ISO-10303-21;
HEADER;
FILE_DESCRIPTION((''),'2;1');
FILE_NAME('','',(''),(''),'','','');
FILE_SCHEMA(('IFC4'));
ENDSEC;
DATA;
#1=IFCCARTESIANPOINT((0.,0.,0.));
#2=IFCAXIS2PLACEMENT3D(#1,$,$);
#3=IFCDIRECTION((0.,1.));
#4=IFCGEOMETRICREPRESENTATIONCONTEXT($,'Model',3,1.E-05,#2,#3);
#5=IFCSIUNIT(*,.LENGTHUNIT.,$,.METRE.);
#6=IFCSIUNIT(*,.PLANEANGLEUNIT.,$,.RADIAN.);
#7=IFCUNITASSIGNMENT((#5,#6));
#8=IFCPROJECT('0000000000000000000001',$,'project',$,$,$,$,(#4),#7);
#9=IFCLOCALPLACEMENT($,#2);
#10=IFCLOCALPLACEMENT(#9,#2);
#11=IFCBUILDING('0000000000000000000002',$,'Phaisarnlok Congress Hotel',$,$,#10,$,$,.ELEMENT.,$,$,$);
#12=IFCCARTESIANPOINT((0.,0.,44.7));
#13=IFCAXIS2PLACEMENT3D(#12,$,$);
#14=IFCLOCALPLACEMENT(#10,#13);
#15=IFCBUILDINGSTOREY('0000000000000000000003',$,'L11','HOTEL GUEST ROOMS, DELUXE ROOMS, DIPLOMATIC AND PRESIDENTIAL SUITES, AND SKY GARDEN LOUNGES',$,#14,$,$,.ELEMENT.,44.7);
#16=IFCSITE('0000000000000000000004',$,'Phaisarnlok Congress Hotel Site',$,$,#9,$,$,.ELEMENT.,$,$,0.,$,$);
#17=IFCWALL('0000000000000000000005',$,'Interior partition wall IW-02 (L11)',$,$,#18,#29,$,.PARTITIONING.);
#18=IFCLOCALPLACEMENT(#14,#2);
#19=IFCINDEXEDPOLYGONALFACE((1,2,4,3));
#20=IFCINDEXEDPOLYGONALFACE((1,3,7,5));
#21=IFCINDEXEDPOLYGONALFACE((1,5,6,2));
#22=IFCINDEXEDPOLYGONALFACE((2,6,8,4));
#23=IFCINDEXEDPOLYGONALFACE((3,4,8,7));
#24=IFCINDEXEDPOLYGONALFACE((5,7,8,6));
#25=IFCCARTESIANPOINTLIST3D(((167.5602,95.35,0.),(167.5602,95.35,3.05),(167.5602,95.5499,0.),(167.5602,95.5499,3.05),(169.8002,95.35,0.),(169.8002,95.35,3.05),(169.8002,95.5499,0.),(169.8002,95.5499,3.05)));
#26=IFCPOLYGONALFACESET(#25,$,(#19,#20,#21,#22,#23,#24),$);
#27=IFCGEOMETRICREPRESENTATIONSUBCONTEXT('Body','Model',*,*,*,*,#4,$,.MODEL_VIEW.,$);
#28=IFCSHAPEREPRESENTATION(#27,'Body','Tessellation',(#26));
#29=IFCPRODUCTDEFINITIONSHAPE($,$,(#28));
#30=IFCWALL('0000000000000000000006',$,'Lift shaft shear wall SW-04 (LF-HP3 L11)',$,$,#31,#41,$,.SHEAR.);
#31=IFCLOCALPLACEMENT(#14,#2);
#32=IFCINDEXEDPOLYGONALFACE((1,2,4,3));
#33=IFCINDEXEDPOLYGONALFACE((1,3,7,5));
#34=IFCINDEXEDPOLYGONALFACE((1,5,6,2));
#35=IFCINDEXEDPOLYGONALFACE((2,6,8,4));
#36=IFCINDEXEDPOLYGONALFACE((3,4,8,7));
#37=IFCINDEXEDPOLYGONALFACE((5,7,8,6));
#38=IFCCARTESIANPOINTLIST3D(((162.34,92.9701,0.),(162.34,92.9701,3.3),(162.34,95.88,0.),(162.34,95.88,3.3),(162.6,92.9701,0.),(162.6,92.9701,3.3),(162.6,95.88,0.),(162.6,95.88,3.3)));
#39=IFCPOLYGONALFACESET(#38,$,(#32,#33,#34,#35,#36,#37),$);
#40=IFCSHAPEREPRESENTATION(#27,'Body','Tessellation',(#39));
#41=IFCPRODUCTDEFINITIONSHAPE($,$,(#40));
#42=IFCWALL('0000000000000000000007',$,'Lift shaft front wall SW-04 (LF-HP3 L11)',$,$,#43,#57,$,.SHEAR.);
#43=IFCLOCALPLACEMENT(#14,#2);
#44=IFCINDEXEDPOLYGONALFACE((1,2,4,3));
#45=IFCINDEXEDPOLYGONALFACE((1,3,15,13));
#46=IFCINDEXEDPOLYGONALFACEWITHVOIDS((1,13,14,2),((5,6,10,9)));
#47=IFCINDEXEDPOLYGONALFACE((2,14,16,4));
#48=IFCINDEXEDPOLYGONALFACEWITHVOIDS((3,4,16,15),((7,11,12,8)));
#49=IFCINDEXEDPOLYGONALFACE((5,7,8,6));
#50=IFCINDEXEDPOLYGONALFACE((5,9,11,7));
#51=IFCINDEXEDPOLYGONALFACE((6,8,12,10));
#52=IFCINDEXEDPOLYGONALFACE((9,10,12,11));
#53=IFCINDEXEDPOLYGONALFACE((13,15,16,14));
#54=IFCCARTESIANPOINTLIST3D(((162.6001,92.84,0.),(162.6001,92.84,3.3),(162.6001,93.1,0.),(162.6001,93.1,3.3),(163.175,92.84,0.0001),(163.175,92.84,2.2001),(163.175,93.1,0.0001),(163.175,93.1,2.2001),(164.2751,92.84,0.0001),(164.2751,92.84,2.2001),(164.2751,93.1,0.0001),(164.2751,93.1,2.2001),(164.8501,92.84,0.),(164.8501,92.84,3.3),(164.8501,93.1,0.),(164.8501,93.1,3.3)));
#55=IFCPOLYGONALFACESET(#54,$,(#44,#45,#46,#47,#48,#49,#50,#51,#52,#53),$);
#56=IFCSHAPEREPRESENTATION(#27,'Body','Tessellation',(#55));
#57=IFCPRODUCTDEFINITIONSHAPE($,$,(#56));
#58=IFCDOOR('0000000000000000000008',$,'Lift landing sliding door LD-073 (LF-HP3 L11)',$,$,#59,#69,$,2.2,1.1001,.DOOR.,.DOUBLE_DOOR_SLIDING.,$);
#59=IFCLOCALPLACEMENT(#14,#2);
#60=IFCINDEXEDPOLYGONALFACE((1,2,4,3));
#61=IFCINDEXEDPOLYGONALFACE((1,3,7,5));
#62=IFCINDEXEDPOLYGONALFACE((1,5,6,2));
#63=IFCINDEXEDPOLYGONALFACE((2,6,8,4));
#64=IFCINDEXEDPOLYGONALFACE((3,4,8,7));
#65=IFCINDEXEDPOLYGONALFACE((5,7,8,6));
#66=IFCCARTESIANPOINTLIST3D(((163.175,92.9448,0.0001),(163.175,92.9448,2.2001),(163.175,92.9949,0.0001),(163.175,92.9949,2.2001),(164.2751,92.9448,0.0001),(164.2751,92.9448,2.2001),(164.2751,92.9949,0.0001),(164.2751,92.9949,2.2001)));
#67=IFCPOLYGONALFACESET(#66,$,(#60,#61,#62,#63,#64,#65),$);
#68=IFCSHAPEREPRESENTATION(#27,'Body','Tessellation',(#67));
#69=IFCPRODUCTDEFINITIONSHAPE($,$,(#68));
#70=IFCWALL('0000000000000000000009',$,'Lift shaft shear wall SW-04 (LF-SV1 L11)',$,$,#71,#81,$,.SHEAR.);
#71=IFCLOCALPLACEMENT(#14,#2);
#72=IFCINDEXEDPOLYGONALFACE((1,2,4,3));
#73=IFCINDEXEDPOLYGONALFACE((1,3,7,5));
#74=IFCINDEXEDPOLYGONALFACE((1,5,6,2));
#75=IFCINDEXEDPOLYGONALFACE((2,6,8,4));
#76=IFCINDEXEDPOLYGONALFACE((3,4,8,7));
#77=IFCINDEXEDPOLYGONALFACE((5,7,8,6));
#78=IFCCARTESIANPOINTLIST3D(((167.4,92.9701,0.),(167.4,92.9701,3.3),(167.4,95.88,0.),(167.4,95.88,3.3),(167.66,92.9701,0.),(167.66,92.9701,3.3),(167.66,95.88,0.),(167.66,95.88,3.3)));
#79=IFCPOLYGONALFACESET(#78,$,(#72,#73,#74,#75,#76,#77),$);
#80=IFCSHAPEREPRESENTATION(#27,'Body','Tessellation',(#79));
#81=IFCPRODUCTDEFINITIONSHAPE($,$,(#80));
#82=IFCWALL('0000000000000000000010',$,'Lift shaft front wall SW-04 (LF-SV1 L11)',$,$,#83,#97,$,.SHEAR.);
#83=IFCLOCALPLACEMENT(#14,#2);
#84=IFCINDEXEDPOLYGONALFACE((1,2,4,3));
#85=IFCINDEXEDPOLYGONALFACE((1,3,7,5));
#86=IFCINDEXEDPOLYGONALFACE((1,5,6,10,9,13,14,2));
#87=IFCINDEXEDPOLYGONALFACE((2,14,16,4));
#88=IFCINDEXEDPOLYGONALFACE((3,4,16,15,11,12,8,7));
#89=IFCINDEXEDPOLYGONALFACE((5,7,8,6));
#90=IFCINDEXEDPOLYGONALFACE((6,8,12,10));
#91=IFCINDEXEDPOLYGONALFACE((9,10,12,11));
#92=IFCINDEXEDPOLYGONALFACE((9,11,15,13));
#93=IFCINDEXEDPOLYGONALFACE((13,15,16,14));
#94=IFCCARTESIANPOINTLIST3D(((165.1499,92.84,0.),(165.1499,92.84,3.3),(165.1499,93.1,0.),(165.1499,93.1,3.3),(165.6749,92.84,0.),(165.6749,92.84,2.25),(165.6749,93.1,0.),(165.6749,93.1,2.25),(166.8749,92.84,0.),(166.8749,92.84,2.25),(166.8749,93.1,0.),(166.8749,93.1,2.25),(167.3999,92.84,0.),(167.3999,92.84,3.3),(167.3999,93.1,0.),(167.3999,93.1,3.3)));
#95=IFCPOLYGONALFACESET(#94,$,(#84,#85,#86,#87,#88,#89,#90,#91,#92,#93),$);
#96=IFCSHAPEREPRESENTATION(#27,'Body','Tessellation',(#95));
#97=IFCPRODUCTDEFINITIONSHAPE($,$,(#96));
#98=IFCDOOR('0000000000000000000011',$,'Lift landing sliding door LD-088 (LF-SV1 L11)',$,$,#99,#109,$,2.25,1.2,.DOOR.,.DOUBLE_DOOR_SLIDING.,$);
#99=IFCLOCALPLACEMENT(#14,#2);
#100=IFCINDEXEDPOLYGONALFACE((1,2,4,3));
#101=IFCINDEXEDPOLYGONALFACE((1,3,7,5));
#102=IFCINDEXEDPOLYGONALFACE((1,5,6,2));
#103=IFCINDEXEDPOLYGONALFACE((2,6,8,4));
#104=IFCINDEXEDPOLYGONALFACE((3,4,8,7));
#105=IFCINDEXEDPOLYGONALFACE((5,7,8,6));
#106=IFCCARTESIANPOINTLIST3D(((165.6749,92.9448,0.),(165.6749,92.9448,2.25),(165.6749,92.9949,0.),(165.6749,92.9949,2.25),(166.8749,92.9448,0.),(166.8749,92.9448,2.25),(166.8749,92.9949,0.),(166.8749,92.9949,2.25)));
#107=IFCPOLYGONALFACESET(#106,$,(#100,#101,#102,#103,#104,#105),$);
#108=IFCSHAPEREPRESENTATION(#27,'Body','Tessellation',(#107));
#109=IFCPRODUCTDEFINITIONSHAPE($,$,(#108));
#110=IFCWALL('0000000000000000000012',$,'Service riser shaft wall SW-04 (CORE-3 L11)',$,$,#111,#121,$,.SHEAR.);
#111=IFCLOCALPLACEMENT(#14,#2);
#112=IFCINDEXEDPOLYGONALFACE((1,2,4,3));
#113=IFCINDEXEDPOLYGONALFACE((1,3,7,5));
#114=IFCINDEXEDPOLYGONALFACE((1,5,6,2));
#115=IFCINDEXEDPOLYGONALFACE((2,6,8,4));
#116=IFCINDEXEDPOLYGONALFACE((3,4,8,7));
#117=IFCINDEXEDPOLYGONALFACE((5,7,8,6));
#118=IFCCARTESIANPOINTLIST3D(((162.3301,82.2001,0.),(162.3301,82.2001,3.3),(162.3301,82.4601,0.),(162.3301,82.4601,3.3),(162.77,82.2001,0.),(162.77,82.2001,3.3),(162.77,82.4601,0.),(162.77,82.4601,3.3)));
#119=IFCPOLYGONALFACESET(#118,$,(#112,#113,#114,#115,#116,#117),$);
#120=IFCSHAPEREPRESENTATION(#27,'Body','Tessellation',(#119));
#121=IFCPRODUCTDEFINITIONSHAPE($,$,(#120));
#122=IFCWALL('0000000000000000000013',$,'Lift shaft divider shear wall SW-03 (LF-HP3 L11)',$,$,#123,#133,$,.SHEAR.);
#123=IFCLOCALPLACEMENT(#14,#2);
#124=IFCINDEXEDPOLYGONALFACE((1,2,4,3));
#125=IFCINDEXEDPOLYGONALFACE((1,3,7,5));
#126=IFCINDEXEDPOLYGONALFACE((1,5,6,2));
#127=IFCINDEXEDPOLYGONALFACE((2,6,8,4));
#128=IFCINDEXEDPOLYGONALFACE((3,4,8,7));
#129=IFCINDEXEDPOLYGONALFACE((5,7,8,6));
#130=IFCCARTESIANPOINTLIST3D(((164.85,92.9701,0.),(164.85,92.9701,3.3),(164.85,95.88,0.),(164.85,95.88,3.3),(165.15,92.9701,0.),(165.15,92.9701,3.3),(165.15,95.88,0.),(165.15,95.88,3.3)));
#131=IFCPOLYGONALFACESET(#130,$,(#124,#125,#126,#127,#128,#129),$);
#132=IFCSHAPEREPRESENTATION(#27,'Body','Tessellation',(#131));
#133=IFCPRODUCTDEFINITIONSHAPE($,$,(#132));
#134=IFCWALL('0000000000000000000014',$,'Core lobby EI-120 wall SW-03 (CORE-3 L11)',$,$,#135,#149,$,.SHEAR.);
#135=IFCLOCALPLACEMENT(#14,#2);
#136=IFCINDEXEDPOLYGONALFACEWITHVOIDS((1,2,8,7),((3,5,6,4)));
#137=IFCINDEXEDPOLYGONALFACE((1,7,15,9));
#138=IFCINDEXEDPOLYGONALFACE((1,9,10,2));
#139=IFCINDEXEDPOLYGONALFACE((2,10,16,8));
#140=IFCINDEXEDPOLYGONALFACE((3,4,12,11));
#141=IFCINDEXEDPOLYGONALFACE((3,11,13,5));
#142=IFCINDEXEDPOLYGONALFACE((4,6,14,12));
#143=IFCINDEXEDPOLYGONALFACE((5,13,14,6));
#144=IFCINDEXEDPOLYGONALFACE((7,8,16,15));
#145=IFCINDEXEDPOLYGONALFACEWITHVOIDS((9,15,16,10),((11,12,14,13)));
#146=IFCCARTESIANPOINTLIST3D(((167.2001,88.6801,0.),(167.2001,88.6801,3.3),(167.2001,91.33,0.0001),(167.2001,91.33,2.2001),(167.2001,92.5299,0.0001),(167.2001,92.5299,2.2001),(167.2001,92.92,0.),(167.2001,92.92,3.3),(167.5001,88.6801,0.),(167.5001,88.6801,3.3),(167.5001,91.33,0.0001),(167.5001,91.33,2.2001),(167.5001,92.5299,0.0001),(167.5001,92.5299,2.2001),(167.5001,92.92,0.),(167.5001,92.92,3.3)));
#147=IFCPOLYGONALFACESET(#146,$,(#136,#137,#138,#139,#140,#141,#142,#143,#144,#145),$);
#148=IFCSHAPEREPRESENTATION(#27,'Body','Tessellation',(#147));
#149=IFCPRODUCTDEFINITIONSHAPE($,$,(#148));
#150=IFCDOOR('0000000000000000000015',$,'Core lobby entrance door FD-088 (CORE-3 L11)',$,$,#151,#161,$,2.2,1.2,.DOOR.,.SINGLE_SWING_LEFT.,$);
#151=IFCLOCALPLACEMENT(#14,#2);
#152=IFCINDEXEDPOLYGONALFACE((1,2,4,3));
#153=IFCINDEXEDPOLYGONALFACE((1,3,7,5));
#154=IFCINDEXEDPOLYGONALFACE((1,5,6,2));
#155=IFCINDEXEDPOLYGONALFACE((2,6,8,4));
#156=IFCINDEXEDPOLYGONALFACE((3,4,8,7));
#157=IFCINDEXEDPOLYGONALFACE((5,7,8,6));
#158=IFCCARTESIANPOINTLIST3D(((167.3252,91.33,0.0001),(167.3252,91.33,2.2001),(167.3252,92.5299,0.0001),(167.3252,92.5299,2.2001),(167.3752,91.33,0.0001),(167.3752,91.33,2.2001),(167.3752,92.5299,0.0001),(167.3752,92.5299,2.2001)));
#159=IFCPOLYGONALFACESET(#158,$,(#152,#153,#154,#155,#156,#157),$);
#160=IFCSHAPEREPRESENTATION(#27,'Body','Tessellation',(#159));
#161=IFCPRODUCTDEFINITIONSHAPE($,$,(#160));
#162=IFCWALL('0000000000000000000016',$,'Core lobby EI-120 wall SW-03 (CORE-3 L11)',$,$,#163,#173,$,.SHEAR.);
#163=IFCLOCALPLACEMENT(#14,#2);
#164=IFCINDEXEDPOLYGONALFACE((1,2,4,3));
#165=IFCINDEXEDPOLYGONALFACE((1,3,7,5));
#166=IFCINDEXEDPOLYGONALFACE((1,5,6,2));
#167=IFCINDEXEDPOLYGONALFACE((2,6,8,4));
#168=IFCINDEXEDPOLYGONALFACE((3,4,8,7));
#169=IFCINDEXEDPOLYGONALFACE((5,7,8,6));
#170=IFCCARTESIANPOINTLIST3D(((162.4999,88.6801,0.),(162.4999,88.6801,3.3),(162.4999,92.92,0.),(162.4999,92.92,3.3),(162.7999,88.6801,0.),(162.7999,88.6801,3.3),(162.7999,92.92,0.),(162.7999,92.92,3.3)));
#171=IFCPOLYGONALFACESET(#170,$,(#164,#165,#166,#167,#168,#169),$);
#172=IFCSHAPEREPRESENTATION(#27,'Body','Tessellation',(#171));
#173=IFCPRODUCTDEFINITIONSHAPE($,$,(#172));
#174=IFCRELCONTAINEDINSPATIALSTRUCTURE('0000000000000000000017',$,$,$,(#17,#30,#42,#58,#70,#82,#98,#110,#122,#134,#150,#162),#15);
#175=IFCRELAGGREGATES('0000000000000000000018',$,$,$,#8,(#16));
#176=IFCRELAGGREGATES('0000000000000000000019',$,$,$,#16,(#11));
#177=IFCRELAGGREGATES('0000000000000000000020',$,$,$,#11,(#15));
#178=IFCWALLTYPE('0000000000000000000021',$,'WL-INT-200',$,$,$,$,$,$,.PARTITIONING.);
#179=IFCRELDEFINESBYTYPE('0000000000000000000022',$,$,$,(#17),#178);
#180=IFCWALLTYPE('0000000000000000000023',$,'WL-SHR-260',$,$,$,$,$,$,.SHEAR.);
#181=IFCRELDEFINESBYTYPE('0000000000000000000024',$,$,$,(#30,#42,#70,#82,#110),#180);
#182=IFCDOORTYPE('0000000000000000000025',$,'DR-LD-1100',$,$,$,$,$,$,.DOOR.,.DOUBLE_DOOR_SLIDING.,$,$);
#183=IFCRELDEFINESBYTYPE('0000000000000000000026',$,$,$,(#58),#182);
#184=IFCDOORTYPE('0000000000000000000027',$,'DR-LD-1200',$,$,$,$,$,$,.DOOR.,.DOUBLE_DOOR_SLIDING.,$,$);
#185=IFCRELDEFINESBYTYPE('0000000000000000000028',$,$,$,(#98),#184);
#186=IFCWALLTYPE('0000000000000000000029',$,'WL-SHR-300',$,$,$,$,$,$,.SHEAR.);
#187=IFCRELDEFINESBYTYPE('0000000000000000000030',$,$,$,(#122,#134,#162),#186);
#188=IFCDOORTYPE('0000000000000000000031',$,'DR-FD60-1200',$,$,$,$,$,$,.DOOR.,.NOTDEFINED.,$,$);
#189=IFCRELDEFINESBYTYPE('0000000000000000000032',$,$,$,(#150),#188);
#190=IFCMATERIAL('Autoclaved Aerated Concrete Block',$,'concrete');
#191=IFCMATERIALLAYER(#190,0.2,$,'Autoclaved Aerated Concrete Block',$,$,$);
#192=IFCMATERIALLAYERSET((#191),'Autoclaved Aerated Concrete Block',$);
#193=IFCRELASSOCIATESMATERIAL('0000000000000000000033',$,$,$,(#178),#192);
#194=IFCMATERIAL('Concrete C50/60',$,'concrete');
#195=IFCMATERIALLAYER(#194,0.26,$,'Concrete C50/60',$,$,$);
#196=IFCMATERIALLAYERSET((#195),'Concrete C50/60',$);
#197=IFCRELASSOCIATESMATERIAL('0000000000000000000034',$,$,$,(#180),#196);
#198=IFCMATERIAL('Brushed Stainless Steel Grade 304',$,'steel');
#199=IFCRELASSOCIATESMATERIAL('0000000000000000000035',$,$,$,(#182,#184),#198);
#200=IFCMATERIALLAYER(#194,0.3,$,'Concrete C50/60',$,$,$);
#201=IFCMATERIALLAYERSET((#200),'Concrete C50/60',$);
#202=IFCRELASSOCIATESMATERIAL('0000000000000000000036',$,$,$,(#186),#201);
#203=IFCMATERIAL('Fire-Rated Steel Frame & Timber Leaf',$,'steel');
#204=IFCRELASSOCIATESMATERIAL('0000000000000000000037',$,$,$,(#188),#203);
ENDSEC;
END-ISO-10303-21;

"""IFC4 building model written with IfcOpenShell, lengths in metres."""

from ifc_helpers import new_model, si_unit, direction, frame, frame_2d, origin, place, context, subcontext, project, spatial, rectangle, extrude, material, layer, layer_set, type_object, element, fill, save


model = new_model("IFC4")

# Units and contexts
model_context = context("Model", 3, precision=1e-05, world=origin(), true_north=direction((0.0, 1.0)))
body_context = subcontext(model_context, "Body", "Model", "MODEL_VIEW")
ifc_project = project(units=[si_unit("LENGTHUNIT", "METRE"), si_unit("PLANEANGLEUNIT", "RADIAN")], contexts=[model_context])

# Site, building, storey
site_placement = place(None, origin())
site = spatial("IfcSite", under=ifc_project, at=site_placement, Name="Phaisarnlok Congress Hotel Site", CompositionType="ELEMENT", RefElevation=0.0)
building_placement = place(site_placement, origin())
building = spatial("IfcBuilding", under=site, at=building_placement, Name="Phaisarnlok Congress Hotel", CompositionType="ELEMENT")
storey_placement = place(building_placement, frame((0.0, 0.0, 44.7)))
storey = spatial("IfcBuildingStorey", under=building, at=storey_placement, Name="L11", Description="HOTEL GUEST ROOMS, DELUXE ROOMS, DIPLOMATIC AND PRESIDENTIAL SUITES, AND SKY GARDEN LOUNGES", CompositionType="ELEMENT", Elevation=44.7)

# Shared definitions
ifc_material_1 = material(Name="Concrete C50/60", Category="concrete")

# Wall
ifc_material_2 = material(Name="Autoclaved Aerated Concrete Block", Category="concrete")
ifc_layer_1 = layer(ifc_material_2, 0.2, Name="Autoclaved Aerated Concrete Block")
ifc_layer_set_1 = layer_set([ifc_layer_1], Name="Autoclaved Aerated Concrete Block")
wall_type_1 = type_object("IfcWallType", Name="WL-INT-200", PredefinedType="PARTITIONING", material=ifc_layer_set_1)
wall_1_placement = place(storey_placement, frame((167.5601, 95.45, 0.0), z_axis=(0.0, 0.0, 1.0), x_axis=(1.0, 0.0, 0.0)))
element("IfcWall", 1, at=wall_1_placement, inside=storey, type_object=wall_type_1, Name="Interior partition wall IW-02 (L11)", PredefinedType="PARTITIONING", context=body_context, shape_type="SweptSolid", body=[
    extrude(rectangle(XDim=2.24, YDim=0.2, at=frame_2d((1.1201, 0.0))), origin(), (0.0, 0.0, 1.0), 3.05),
])

# Shared definitions
ifc_layer_2 = layer(ifc_material_1, 0.26, Name="Concrete C50/60")
ifc_layer_set_2 = layer_set([ifc_layer_2], Name="Concrete C50/60")
wall_type_2 = type_object("IfcWallType", Name="WL-SHR-260", PredefinedType="SHEAR", material=ifc_layer_set_2)
ifc_material_3 = material(Name="Fire-Rated Steel Frame & Timber Leaf", Category="steel")

# Wall
wall_2_placement = place(storey_placement, frame((162.47, 92.97, 0.0), z_axis=(0.0, 0.0, 1.0), x_axis=(0.0, 1.0, 0.0)))
element("IfcWall", 2, at=wall_2_placement, inside=storey, type_object=wall_type_2, Name="Lift shaft shear wall SW-04 (LF-HP3 L11)", PredefinedType="SHEAR", context=body_context, shape_type="SweptSolid", body=[
    extrude(rectangle(XDim=2.9099, YDim=0.26, at=frame_2d((1.4551, 0.0))), origin(), (0.0, 0.0, 1.0), 3.3),
])

# Wall, opening, door
wall_3_placement = place(storey_placement, frame((162.6001, 92.97, 0.0), z_axis=(0.0, 0.0, 1.0), x_axis=(1.0, 0.0, 0.0)))
wall_3 = element("IfcWall", 3, at=wall_3_placement, inside=storey, type_object=wall_type_2, Name="Lift shaft front wall SW-04 (LF-HP3 L11)", PredefinedType="SHEAR", context=body_context, shape_type="SweptSolid", body=[
    extrude(rectangle(XDim=2.25, YDim=0.26, at=frame_2d((1.125, 0.0))), origin(), (0.0, 0.0, 1.0), 3.3),
])
opening_1_placement = place(wall_3_placement, frame((0.575, 0.0, 0.0)))
opening_1 = element("IfcOpeningElement", 4, at=opening_1_placement, cuts=wall_3, PredefinedType="OPENING", context=body_context, shape_type="SweptSolid", body=[
    extrude(rectangle(XDim=1.1001, YDim=2.2, at=frame_2d((0.55, 1.1001))), frame((0.0, 0.1401, 0.0), z_axis=(0.0, -1.0, 0.0), x_axis=(1.0, 0.0, 0.0)), (0.0, 0.0, 1.0), 0.28),
])
ifc_material_4 = material(Name="Brushed Stainless Steel Grade 304", Category="steel")
door_type_1 = type_object("IfcDoorType", Name="DR-LD-1100", OperationType="DOUBLE_DOOR_SLIDING", PredefinedType="DOOR", material=ifc_material_4)
door_1_placement = place(opening_1_placement, origin())
door_1 = element("IfcDoor", 5, at=door_1_placement, inside=storey, type_object=door_type_1, Name="Lift landing sliding door LD-073 (LF-HP3 L11)", OperationType="DOUBLE_DOOR_SLIDING", OverallHeight=2.2, OverallWidth=1.1001, PredefinedType="DOOR", context=body_context, shape_type="SweptSolid", body=[
    extrude(rectangle(XDim=1.1001, YDim=2.2, at=frame_2d((0.55, 1.1001))), frame((0.0, 0.0249, 0.0), z_axis=(0.0, -1.0, 0.0), x_axis=(1.0, 0.0, 0.0)), (0.0, 0.0, 1.0), 0.05),
])
fill(opening_1, door_1)

# Wall
wall_4_placement = place(storey_placement, frame((167.53, 92.97, 0.0), z_axis=(0.0, 0.0, 1.0), x_axis=(0.0, 1.0, 0.0)))
element("IfcWall", 6, at=wall_4_placement, inside=storey, type_object=wall_type_2, Name="Lift shaft shear wall SW-04 (LF-SV1 L11)", PredefinedType="SHEAR", context=body_context, shape_type="SweptSolid", body=[
    extrude(rectangle(XDim=2.9099, YDim=0.26, at=frame_2d((1.4551, 0.0))), origin(), (0.0, 0.0, 1.0), 3.3),
])

# Wall, opening, door
wall_5_placement = place(storey_placement, frame((165.1499, 92.97, 0.0), z_axis=(0.0, 0.0, 1.0), x_axis=(1.0, 0.0, 0.0)))
wall_5 = element("IfcWall", 7, at=wall_5_placement, inside=storey, type_object=wall_type_2, Name="Lift shaft front wall SW-04 (LF-SV1 L11)", PredefinedType="SHEAR", context=body_context, shape_type="SweptSolid", body=[
    extrude(rectangle(XDim=2.25, YDim=0.26, at=frame_2d((1.125, 0.0))), origin(), (0.0, 0.0, 1.0), 3.3),
])
opening_2_placement = place(wall_5_placement, frame((0.5249, 0.0, 0.0)))
opening_2 = element("IfcOpeningElement", 8, at=opening_2_placement, cuts=wall_5, PredefinedType="OPENING", context=body_context, shape_type="SweptSolid", body=[
    extrude(rectangle(XDim=1.2, YDim=2.25, at=frame_2d((0.6001, 1.125))), frame((0.0, 0.1401, 0.0), z_axis=(0.0, -1.0, 0.0), x_axis=(1.0, 0.0, 0.0)), (0.0, 0.0, 1.0), 0.28),
])
door_type_2 = type_object("IfcDoorType", Name="DR-LD-1200", OperationType="DOUBLE_DOOR_SLIDING", PredefinedType="DOOR", material=ifc_material_4)
door_2_placement = place(opening_2_placement, origin())
door_2 = element("IfcDoor", 9, at=door_2_placement, inside=storey, type_object=door_type_2, Name="Lift landing sliding door LD-088 (LF-SV1 L11)", OperationType="DOUBLE_DOOR_SLIDING", OverallHeight=2.25, OverallWidth=1.2, PredefinedType="DOOR", context=body_context, shape_type="SweptSolid", body=[
    extrude(rectangle(XDim=1.2, YDim=2.25, at=frame_2d((0.6001, 1.125))), frame((0.0, 0.0249, 0.0), z_axis=(0.0, -1.0, 0.0), x_axis=(1.0, 0.0, 0.0)), (0.0, 0.0, 1.0), 0.05),
])
fill(opening_2, door_2)

# Walls
wall_6_placement = place(storey_placement, frame((162.3301, 82.3301, 0.0), z_axis=(0.0, 0.0, 1.0), x_axis=(1.0, 0.0, 0.0)))
element("IfcWall", 10, at=wall_6_placement, inside=storey, type_object=wall_type_2, Name="Service riser shaft wall SW-04 (CORE-3 L11)", PredefinedType="SHEAR", context=body_context, shape_type="SweptSolid", body=[
    extrude(rectangle(XDim=0.4399, YDim=0.26, at=frame_2d((0.22, 0.0))), origin(), (0.0, 0.0, 1.0), 3.3),
])
ifc_layer_3 = layer(ifc_material_1, 0.3, Name="Concrete C50/60")
ifc_layer_set_3 = layer_set([ifc_layer_3], Name="Concrete C50/60")
wall_type_3 = type_object("IfcWallType", Name="WL-SHR-300", PredefinedType="SHEAR", material=ifc_layer_set_3)
wall_7_placement = place(storey_placement, frame((165.0, 92.97, 0.0), z_axis=(0.0, 0.0, 1.0), x_axis=(0.0, 1.0, 0.0)))
element("IfcWall", 11, at=wall_7_placement, inside=storey, type_object=wall_type_3, Name="Lift shaft divider shear wall SW-03 (LF-HP3 L11)", PredefinedType="SHEAR", context=body_context, shape_type="SweptSolid", body=[
    extrude(rectangle(XDim=2.9099, YDim=0.3, at=frame_2d((1.4551, 0.0))), origin(), (0.0, 0.0, 1.0), 3.3),
])

# Wall, opening, door
wall_8_placement = place(storey_placement, frame((167.3501, 88.6799, 0.0), z_axis=(0.0, 0.0, 1.0), x_axis=(0.0, 1.0, 0.0)))
wall_8 = element("IfcWall", 12, at=wall_8_placement, inside=storey, type_object=wall_type_3, Name="Core lobby EI-120 wall SW-03 (CORE-3 L11)", PredefinedType="SHEAR", context=body_context, shape_type="SweptSolid", body=[
    extrude(rectangle(XDim=4.24, YDim=0.3, at=frame_2d((2.1201, 0.0))), origin(), (0.0, 0.0, 1.0), 3.3),
])
opening_3_placement = place(wall_8_placement, frame((2.6499, 0.0, 0.0)))
opening_3 = element("IfcOpeningElement", 13, at=opening_3_placement, cuts=wall_8, PredefinedType="OPENING", context=body_context, shape_type="SweptSolid", body=[
    extrude(rectangle(XDim=1.2, YDim=2.2, at=frame_2d((0.6001, 1.1001))), frame((0.0, 0.1602, 0.0), z_axis=(0.0, -1.0, 0.0), x_axis=(1.0, 0.0, 0.0)), (0.0, 0.0, 1.0), 0.3201),
])
door_type_3 = type_object("IfcDoorType", Name="DR-FD60-1200", OperationType="NOTDEFINED", PredefinedType="DOOR", material=ifc_material_3)
door_3_placement = place(opening_3_placement, origin())
door_3 = element("IfcDoor", 14, at=door_3_placement, inside=storey, type_object=door_type_3, Name="Core lobby entrance door FD-088 (CORE-3 L11)", OperationType="SINGLE_SWING_LEFT", OverallHeight=2.2, OverallWidth=1.2, PredefinedType="DOOR", context=body_context, shape_type="SweptSolid", body=[
    extrude(rectangle(XDim=1.2, YDim=2.2, at=frame_2d((0.6001, 1.1001))), frame((0.0, 0.0249, 0.0), z_axis=(0.0, -1.0, 0.0), x_axis=(1.0, 0.0, 0.0)), (0.0, 0.0, 1.0), 0.05),
])
fill(opening_3, door_3)

# Wall
wall_9_placement = place(storey_placement, frame((162.6499, 88.6799, 0.0), z_axis=(0.0, 0.0, 1.0), x_axis=(0.0, 1.0, 0.0)))
element("IfcWall", 15, at=wall_9_placement, inside=storey, type_object=wall_type_3, Name="Core lobby EI-120 wall SW-03 (CORE-3 L11)", PredefinedType="SHEAR", context=body_context, shape_type="SweptSolid", body=[
    extrude(rectangle(XDim=4.24, YDim=0.3, at=frame_2d((2.1201, 0.0))), origin(), (0.0, 0.0, 1.0), 3.3),
])

save(model, "model.ifc")
